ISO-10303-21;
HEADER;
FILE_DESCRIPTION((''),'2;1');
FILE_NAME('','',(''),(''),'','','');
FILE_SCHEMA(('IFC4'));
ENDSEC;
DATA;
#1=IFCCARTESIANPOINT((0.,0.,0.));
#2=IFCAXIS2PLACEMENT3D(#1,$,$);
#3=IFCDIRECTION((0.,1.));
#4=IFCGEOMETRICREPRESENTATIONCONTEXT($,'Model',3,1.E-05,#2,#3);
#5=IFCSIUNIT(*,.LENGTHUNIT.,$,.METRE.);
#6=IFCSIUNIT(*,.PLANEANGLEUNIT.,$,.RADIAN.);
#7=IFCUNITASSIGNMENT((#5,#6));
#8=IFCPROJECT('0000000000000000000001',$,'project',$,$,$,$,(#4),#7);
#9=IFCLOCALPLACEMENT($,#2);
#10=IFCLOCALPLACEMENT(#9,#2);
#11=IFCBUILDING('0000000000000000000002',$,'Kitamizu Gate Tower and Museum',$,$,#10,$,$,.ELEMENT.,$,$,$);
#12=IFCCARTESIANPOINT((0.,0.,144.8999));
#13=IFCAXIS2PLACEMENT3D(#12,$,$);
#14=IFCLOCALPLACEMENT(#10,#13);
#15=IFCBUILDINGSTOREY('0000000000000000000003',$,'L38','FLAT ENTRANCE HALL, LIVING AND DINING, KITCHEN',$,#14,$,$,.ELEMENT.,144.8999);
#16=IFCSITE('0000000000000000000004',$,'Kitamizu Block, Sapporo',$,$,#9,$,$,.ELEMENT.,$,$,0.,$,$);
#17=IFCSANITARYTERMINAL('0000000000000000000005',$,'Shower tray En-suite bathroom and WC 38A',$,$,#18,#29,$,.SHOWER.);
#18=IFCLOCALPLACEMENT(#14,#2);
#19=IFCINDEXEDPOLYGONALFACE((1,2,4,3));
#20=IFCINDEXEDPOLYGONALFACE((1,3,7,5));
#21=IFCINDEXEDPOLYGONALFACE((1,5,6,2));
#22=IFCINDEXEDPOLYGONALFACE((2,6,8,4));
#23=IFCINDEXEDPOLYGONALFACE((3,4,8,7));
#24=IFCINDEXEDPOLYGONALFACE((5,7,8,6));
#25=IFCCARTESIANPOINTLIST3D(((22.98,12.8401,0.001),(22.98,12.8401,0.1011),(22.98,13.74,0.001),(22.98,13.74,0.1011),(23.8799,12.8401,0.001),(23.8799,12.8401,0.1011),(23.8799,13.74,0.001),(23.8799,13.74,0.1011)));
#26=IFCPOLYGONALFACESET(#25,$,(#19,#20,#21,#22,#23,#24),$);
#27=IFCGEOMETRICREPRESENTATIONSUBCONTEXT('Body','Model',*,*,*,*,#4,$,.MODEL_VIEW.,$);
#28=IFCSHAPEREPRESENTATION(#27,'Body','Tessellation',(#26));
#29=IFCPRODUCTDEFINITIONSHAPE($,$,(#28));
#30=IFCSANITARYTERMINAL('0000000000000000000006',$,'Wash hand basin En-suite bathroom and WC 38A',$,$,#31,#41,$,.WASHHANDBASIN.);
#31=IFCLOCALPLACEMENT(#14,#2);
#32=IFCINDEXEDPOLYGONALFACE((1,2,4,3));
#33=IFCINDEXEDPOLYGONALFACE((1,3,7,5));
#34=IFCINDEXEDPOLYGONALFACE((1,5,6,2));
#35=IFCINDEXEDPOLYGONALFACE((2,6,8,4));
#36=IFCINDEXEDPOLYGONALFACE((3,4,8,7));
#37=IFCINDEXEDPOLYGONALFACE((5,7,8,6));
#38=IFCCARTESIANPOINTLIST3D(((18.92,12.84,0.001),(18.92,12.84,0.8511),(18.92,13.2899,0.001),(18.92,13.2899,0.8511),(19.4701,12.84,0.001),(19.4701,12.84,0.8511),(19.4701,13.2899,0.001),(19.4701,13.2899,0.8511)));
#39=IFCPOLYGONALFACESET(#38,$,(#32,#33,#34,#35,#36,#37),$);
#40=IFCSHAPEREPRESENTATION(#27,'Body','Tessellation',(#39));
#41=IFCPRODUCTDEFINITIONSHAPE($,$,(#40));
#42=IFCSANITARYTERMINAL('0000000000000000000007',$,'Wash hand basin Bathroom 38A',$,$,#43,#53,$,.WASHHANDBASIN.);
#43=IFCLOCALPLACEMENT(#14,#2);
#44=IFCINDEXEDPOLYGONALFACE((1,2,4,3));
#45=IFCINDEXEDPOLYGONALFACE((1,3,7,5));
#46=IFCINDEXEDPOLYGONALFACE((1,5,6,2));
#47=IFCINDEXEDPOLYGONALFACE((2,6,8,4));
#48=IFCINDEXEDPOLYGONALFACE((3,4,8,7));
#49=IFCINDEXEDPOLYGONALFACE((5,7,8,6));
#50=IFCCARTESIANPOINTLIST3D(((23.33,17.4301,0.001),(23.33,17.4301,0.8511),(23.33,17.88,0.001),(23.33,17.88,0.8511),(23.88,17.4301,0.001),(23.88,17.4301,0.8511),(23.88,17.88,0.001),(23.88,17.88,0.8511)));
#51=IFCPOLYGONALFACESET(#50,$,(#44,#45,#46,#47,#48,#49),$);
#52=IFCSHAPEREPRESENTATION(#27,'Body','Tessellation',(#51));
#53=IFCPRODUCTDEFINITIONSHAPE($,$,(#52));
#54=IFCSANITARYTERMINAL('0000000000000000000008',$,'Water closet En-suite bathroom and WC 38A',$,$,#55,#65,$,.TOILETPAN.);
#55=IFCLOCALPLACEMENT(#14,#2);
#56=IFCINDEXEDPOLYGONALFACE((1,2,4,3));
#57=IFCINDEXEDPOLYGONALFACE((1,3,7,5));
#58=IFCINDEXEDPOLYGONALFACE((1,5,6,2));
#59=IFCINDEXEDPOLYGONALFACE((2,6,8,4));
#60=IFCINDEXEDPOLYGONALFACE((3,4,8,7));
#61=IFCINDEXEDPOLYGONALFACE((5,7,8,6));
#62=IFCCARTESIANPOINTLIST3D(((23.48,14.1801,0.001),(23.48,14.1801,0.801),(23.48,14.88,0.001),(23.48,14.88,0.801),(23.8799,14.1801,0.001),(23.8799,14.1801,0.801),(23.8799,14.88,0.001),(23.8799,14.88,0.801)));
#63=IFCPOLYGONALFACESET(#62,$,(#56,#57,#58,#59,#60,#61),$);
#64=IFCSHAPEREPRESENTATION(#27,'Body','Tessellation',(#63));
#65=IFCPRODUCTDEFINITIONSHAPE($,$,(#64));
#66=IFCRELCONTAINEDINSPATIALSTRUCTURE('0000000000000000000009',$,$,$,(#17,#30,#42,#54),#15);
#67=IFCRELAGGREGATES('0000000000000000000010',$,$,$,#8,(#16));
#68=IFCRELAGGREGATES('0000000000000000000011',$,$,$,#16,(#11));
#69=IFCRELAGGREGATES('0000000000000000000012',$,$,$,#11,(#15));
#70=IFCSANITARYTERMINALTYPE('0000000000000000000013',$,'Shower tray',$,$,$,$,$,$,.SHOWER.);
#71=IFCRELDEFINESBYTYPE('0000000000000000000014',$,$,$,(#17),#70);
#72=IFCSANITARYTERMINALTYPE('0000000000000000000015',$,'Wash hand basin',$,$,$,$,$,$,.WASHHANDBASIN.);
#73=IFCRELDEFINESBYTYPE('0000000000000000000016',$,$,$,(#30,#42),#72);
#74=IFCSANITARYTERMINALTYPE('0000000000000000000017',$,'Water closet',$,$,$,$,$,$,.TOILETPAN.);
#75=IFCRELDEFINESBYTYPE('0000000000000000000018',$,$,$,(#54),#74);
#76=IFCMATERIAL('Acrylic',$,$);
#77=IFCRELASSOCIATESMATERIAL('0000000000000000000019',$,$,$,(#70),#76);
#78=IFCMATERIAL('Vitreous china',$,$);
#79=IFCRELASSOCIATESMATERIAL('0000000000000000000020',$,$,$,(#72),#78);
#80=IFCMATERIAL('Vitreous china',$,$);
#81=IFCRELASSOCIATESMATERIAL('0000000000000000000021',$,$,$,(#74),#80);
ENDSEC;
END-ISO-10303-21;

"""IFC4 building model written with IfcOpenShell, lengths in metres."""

from ifc_helpers import new_model, si_unit, direction, frame, origin, origin_2d, place, context, subcontext, project, spatial, rectangle, extrude, material, type_object, element, save


model = new_model("IFC4")

# Units and contexts
model_context = context("Model", 3, precision=1e-05, world=origin(), true_north=direction((0.0, 1.0)))
body_context = subcontext(model_context, "Body", "Model", "MODEL_VIEW")
ifc_project = project(units=[si_unit("LENGTHUNIT", "METRE"), si_unit("PLANEANGLEUNIT", "RADIAN")], contexts=[model_context])

# Site, building, storey
site_placement = place(None, origin())
site = spatial("IfcSite", under=ifc_project, at=site_placement, Name="Kitamizu Block, Sapporo", CompositionType="ELEMENT", RefElevation=0.0)
building_placement = place(site_placement, origin())
building = spatial("IfcBuilding", under=site, at=building_placement, Name="Kitamizu Gate Tower and Museum", CompositionType="ELEMENT")
storey_placement = place(building_placement, frame((0.0, 0.0, 144.8999)))
storey = spatial("IfcBuildingStorey", under=building, at=storey_placement, Name="L38", Description="FLAT ENTRANCE HALL, LIVING AND DINING, KITCHEN", CompositionType="ELEMENT", Elevation=144.8999)

# Sanitary terminals
ifc_material_1 = material(Name="Acrylic")
sanitary_terminal_type_1 = type_object("IfcSanitaryTerminalType", Name="Shower tray", PredefinedType="SHOWER", material=ifc_material_1)
sanitary_terminal_1_placement = place(storey_placement, frame((23.4299, 13.29, 0.001), z_axis=(0.0, 0.0, 1.0), x_axis=(1.0, 0.0, 0.0)))
element("IfcSanitaryTerminal", 1, at=sanitary_terminal_1_placement, inside=storey, type_object=sanitary_terminal_type_1, Name="Shower tray En-suite bathroom and WC 38A", PredefinedType="SHOWER", context=body_context, shape_type="SweptSolid", body=[
    extrude(rectangle(XDim=0.8999, YDim=0.8999, at=origin_2d()), origin(), (0.0, 0.0, 1.0), 0.1001),
])
ifc_material_2 = material(Name="Vitreous china")
sanitary_terminal_type_2 = type_object("IfcSanitaryTerminalType", Name="Wash hand basin", PredefinedType="WASHHANDBASIN", material=ifc_material_2)
for number, where, z_axis, x_axis, name in (
    (2, (19.1951, 13.0649, 0.001), (0.0, 0.0, 1.0), (1.0, 0.0, 0.0), "Wash hand basin En-suite bathroom and WC 38A"),
    (3, (23.605, 17.655, 0.001), (0.0, 0.0, 1.0), (1.0, 0.0, 0.0), "Wash hand basin Bathroom 38A"),
):
    element("IfcSanitaryTerminal", number, at=place(storey_placement, frame(where, z_axis=z_axis, x_axis=x_axis)), inside=storey, type_object=sanitary_terminal_type_2, Name=name, PredefinedType="WASHHANDBASIN", context=body_context, shape_type="SweptSolid", body=[
        extrude(rectangle(XDim=0.55, YDim=0.45, at=origin_2d()), origin(), (0.0, 0.0, 1.0), 0.8501),
    ])
ifc_material_3 = material(Name="Vitreous china")
sanitary_terminal_type_3 = type_object("IfcSanitaryTerminalType", Name="Water closet", PredefinedType="TOILETPAN", material=ifc_material_3)
sanitary_terminal_2_placement = place(storey_placement, frame((23.6799, 14.53, 0.001), z_axis=(0.0, 0.0, 1.0), x_axis=(1.0, 0.0, 0.0)))
element("IfcSanitaryTerminal", 4, at=sanitary_terminal_2_placement, inside=storey, type_object=sanitary_terminal_type_3, Name="Water closet En-suite bathroom and WC 38A", PredefinedType="TOILETPAN", context=body_context, shape_type="SweptSolid", body=[
    extrude(rectangle(XDim=0.3999, YDim=0.7, at=origin_2d()), origin(), (0.0, 0.0, 1.0), 0.8),
])

save(model, "model.ifc")
